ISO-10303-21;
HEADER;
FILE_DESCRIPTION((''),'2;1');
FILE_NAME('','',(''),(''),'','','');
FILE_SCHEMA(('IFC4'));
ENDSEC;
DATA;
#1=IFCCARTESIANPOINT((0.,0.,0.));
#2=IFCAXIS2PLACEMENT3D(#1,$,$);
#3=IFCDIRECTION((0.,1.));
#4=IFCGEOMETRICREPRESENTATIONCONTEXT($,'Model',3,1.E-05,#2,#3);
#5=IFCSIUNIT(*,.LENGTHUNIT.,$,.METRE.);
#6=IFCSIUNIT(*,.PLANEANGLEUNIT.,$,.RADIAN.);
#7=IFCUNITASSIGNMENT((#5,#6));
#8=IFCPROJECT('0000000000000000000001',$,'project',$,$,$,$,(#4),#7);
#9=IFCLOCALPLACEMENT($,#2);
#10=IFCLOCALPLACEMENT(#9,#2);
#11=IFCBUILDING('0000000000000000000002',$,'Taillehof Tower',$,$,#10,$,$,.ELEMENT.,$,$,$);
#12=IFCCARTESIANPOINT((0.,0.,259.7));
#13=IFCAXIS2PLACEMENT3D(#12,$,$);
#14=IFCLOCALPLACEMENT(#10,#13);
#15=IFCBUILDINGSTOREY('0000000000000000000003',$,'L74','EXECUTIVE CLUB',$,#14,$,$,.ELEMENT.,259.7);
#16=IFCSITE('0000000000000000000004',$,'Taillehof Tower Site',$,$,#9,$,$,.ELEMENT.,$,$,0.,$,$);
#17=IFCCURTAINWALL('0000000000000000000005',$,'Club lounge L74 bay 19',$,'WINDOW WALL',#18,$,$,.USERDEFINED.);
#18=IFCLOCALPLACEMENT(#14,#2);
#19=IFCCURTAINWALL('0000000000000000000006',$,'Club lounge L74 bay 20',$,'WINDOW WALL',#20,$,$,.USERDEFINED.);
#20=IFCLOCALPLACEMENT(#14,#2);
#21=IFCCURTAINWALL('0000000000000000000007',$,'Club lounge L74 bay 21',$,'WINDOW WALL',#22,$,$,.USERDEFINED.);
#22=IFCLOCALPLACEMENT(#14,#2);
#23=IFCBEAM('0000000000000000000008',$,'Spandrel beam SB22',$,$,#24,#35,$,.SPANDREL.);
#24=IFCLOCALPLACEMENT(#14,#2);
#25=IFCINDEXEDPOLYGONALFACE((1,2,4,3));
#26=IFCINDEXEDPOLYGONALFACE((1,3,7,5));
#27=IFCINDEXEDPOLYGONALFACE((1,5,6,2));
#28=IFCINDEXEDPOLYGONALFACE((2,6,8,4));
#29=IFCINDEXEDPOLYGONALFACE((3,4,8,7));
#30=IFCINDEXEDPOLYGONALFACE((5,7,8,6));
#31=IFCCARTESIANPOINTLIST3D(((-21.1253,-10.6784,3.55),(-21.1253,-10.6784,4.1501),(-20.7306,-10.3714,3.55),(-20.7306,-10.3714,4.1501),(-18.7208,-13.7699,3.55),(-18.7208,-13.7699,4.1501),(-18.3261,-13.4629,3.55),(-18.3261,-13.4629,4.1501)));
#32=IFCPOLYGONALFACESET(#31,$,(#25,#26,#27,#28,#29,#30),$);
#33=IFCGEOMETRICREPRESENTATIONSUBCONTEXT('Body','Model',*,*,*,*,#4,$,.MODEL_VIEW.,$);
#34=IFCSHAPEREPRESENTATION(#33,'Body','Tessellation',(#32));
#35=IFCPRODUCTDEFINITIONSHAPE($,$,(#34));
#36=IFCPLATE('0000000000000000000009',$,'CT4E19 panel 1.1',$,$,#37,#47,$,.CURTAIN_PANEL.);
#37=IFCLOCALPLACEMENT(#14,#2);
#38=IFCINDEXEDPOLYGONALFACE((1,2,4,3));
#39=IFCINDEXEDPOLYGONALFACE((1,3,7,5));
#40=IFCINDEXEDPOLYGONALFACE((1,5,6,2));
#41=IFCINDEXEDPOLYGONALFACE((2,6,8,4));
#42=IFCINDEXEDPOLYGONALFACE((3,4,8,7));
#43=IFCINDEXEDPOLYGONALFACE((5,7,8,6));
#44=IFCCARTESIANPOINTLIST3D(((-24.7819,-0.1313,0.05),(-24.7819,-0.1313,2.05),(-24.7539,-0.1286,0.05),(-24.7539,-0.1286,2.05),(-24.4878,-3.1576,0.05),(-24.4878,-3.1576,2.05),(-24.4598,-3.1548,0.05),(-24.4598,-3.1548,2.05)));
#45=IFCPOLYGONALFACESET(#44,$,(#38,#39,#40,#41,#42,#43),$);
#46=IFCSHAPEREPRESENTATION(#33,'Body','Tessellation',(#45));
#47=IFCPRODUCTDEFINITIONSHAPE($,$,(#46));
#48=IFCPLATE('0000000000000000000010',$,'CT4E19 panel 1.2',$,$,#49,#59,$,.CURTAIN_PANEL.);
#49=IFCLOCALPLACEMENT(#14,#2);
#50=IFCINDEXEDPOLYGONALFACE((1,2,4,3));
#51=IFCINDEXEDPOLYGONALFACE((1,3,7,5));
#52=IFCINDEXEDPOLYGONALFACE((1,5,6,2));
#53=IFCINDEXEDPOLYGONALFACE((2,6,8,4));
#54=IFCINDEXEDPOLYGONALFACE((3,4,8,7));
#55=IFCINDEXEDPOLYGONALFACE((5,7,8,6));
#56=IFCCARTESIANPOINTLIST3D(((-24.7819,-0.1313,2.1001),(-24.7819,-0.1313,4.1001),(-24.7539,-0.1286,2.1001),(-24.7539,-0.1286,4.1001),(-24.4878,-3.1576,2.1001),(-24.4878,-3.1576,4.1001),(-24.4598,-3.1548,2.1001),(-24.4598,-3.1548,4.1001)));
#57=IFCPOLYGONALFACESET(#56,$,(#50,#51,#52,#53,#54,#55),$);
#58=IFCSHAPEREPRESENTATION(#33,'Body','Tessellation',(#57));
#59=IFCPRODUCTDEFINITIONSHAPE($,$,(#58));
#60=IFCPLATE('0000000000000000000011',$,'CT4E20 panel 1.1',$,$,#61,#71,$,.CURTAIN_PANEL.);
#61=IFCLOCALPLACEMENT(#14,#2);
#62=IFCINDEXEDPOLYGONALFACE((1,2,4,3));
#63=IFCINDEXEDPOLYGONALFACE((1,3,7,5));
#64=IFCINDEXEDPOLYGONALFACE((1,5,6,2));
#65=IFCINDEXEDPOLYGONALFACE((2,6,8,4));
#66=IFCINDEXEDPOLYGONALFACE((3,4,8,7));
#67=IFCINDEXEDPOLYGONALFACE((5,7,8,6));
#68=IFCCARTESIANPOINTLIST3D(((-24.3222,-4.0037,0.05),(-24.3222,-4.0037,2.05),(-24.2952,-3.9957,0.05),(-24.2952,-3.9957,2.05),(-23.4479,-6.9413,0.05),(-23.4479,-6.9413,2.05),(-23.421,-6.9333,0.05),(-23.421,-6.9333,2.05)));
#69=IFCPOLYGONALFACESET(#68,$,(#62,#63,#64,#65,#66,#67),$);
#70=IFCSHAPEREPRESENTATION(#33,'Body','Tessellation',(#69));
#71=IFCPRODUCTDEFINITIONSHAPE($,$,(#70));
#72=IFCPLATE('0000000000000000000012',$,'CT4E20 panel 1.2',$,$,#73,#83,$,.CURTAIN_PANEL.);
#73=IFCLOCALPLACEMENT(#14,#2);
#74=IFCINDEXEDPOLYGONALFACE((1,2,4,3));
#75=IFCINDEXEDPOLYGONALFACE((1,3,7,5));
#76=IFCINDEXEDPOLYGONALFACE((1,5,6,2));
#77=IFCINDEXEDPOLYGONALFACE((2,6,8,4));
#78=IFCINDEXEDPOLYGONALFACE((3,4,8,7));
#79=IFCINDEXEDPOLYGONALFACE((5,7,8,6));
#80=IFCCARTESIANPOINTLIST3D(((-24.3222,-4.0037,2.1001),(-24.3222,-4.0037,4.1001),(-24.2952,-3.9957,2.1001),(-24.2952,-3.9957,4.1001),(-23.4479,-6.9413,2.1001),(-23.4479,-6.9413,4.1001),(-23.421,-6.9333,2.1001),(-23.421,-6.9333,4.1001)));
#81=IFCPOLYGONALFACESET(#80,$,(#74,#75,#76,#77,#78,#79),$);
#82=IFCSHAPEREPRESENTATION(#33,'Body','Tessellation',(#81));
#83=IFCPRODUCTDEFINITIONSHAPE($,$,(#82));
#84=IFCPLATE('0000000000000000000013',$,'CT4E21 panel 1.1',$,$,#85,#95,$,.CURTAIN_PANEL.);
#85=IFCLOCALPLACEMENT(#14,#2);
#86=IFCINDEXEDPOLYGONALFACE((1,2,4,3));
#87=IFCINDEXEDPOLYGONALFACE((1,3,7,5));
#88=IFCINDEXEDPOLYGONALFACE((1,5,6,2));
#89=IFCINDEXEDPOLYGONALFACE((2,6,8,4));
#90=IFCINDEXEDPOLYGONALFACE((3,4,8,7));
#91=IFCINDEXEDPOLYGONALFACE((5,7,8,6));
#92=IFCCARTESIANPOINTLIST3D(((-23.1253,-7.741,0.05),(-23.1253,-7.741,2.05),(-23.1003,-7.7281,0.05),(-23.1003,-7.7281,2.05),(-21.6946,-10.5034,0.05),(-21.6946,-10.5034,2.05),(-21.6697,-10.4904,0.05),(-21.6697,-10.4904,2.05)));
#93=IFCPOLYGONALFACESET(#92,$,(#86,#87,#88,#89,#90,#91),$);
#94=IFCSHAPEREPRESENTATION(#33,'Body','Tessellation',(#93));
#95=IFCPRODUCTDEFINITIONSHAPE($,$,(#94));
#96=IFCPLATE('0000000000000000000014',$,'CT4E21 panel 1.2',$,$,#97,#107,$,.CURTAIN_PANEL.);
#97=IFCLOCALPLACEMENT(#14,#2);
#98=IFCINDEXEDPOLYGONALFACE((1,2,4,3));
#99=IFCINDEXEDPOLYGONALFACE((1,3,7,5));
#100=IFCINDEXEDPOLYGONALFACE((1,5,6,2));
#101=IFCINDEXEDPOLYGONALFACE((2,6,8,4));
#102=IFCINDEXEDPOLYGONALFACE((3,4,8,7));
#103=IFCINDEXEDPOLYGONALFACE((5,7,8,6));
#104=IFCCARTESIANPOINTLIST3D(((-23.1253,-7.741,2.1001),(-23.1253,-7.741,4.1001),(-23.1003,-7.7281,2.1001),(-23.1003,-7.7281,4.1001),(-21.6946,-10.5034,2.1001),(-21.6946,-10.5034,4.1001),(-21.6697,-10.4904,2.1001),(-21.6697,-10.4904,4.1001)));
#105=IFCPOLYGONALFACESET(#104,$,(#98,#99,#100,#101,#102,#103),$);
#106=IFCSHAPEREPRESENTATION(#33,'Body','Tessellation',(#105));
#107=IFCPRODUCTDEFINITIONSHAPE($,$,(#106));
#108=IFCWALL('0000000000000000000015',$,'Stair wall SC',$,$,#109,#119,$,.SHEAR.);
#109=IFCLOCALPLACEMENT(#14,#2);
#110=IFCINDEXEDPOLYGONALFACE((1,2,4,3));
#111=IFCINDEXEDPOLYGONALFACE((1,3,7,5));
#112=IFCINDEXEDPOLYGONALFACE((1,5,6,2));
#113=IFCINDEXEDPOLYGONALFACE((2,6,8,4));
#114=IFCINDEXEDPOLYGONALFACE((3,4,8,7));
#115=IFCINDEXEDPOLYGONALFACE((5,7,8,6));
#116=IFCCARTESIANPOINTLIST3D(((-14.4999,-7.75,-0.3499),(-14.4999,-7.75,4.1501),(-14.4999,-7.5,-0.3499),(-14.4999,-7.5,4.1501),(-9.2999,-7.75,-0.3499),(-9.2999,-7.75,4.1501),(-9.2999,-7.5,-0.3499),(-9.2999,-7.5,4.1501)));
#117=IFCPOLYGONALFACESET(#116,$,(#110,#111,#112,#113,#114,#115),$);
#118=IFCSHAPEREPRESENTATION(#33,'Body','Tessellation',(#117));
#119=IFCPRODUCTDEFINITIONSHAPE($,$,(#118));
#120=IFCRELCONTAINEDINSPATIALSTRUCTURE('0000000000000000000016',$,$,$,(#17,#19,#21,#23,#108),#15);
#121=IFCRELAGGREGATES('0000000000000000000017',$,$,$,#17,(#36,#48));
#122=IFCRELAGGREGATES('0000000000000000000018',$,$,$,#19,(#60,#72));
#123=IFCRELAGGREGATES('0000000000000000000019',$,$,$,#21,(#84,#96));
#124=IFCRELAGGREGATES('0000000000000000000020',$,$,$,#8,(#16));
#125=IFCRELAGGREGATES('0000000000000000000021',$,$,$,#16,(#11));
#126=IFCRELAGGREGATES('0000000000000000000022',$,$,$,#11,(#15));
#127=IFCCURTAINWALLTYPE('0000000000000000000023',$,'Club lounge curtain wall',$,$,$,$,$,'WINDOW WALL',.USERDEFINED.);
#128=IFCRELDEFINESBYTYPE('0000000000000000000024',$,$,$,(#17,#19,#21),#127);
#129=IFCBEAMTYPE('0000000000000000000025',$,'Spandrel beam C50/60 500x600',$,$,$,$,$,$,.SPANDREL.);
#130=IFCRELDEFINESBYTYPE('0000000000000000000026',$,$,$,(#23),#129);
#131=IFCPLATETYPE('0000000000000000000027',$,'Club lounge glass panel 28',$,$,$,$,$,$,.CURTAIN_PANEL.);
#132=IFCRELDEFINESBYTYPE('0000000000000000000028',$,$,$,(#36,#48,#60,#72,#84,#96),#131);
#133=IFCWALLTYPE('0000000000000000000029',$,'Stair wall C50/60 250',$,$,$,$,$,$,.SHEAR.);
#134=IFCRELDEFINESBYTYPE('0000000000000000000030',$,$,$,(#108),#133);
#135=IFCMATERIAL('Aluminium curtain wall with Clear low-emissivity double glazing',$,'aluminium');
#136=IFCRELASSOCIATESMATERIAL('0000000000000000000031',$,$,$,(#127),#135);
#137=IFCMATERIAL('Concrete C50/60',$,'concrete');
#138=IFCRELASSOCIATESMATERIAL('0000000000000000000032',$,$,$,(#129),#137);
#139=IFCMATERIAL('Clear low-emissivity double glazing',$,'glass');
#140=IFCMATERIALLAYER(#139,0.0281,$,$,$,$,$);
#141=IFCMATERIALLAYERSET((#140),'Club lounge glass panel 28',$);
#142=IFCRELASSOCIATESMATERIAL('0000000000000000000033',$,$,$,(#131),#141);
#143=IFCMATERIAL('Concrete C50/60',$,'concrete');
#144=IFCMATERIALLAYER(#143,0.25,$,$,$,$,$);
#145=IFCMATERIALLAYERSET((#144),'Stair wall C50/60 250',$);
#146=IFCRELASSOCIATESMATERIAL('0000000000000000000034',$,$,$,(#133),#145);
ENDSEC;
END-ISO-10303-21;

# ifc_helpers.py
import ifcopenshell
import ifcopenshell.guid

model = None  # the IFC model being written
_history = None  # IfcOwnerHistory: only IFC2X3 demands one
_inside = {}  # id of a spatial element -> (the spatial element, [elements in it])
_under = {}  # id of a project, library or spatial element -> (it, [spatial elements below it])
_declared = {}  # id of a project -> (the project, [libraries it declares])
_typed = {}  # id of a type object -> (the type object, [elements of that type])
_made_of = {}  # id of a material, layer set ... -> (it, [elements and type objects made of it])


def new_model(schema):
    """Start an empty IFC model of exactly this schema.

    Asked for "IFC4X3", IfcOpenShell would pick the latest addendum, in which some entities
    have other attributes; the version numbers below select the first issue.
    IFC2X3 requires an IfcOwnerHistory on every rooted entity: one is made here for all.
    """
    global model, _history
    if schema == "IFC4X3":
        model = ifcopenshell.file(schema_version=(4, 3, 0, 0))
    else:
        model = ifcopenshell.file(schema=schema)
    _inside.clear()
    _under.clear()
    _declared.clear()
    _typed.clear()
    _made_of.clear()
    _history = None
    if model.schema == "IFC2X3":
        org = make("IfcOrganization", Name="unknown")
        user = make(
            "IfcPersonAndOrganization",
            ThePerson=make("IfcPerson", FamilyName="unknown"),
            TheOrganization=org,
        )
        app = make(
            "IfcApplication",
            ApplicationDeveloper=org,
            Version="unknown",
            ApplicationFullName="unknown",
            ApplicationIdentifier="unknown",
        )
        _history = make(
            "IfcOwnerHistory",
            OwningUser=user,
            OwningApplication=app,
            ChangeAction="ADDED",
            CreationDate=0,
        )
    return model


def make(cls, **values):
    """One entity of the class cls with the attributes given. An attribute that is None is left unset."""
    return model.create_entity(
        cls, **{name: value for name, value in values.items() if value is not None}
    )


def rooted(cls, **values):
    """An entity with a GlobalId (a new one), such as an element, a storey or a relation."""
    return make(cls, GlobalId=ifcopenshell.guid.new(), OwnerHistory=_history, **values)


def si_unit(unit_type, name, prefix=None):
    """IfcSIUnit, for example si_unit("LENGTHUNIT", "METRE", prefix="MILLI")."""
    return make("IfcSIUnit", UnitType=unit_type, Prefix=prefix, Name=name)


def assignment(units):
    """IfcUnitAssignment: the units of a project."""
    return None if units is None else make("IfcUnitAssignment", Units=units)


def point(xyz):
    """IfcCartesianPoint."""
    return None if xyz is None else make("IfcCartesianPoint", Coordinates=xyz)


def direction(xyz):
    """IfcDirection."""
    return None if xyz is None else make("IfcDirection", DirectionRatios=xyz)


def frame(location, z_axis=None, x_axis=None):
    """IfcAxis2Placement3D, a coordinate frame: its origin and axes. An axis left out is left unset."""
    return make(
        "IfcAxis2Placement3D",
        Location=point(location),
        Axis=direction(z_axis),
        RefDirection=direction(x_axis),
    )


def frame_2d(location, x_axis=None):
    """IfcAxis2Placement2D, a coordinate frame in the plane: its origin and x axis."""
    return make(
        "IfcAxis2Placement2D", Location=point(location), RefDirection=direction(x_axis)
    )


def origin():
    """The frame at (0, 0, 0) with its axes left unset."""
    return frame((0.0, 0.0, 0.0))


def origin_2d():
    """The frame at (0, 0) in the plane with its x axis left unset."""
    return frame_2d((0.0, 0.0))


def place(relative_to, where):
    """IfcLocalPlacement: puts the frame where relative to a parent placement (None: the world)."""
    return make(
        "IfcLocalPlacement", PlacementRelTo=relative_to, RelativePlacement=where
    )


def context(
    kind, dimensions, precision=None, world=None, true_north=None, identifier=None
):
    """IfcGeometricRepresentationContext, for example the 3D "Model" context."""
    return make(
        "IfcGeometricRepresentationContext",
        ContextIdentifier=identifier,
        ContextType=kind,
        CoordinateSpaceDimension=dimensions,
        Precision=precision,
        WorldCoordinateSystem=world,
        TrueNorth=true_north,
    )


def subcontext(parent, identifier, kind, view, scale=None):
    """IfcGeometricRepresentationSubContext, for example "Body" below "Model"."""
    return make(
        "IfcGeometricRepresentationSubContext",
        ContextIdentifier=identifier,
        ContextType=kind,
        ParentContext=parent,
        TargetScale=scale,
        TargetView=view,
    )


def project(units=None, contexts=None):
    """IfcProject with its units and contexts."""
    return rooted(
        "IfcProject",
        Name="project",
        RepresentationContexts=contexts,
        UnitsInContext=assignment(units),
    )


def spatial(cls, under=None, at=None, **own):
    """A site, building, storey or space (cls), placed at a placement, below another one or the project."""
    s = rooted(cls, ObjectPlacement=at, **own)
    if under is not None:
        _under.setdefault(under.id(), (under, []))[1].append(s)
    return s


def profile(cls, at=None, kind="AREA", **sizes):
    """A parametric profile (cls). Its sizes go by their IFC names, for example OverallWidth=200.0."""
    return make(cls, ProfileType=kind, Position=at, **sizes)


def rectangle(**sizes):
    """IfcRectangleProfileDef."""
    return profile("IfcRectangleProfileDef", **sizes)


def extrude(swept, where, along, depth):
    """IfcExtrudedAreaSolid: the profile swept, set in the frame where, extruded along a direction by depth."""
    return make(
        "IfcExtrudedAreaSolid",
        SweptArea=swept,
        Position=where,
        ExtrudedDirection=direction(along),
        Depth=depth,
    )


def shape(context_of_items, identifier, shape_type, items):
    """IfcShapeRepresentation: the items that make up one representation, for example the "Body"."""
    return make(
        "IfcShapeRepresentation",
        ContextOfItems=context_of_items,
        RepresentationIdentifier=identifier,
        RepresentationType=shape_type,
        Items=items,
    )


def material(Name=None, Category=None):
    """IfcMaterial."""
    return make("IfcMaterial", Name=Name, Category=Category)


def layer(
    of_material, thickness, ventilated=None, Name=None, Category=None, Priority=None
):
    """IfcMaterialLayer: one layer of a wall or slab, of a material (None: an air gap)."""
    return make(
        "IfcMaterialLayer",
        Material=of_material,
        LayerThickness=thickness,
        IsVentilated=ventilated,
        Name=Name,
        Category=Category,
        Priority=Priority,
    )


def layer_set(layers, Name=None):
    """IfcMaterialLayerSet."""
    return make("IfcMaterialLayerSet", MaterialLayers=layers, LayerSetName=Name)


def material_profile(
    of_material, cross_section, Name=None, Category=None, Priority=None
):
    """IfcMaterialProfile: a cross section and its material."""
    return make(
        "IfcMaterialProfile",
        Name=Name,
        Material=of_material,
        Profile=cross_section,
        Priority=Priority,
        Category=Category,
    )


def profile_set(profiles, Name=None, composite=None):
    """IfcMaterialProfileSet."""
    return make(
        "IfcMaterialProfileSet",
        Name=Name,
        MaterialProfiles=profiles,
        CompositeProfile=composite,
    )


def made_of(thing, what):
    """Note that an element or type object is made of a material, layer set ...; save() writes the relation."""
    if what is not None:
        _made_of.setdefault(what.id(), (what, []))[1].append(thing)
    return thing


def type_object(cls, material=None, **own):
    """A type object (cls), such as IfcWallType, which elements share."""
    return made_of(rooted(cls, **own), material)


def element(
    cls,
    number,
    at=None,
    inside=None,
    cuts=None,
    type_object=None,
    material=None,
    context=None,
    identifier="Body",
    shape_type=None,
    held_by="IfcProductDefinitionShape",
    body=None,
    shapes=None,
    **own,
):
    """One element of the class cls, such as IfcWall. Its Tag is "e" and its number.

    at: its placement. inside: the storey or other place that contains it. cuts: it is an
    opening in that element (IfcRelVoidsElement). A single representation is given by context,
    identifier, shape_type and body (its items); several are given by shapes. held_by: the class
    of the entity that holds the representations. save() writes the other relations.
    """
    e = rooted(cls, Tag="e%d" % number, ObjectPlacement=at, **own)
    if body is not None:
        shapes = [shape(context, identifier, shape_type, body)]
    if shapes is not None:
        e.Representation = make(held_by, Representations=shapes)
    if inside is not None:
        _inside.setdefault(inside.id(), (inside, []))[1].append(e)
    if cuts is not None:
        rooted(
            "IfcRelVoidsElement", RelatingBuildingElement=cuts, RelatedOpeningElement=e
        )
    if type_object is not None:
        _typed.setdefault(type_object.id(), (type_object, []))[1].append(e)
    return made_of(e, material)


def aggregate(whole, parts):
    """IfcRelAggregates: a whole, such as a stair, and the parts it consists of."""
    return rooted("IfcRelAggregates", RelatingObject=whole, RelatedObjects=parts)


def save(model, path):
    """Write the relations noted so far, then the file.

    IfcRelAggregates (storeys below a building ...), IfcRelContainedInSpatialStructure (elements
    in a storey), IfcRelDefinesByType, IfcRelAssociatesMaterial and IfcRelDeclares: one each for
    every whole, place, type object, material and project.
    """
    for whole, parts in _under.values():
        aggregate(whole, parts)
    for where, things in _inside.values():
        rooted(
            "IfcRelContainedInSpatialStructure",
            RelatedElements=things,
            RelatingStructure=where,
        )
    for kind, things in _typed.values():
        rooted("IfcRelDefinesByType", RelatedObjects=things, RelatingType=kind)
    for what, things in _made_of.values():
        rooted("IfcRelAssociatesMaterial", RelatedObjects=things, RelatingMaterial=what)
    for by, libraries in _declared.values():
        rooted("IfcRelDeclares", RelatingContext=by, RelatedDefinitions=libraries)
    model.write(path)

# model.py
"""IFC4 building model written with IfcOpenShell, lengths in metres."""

from ifc_helpers import new_model, si_unit, direction, frame, frame_2d, origin, origin_2d, place, context, subcontext, project, spatial, rectangle, extrude, material, layer, layer_set, material_profile, profile_set, type_object, element, aggregate, save


model = new_model("IFC4")

# Units and contexts
model_context = context("Model", 3, precision=1e-05, world=origin(), true_north=direction((0.0, 1.0)))
body_context = subcontext(model_context, "Body", "Model", "MODEL_VIEW")
ifc_project = project(units=[si_unit("LENGTHUNIT", "METRE"), si_unit("PLANEANGLEUNIT", "RADIAN")], contexts=[model_context])

# Site, building, storey
site_placement = place(None, origin())
site = spatial("IfcSite", under=ifc_project, at=site_placement, Name="Taillehof Tower Site", CompositionType="ELEMENT", RefElevation=0.0)
building_placement = place(site_placement, origin())
building = spatial("IfcBuilding", under=site, at=building_placement, Name="Taillehof Tower", CompositionType="ELEMENT")
storey_placement = place(building_placement, frame((0.0, 0.0, 259.7)))
storey = spatial("IfcBuildingStorey", under=building, at=storey_placement, Name="L74", Description="EXECUTIVE CLUB", CompositionType="ELEMENT", Elevation=259.7)

# Curtain walls
ifc_material_1 = material(Name="Aluminium curtain wall with Clear low-emissivity double glazing", Category="aluminium")
curtain_wall_type = type_object("IfcCurtainWallType", Name="Club lounge curtain wall", ElementType="WINDOW WALL", PredefinedType="USERDEFINED", material=ifc_material_1)
curtain_wall_1_placement = place(storey_placement, origin())
curtain_wall_1 = element("IfcCurtainWall", 1, at=curtain_wall_1_placement, inside=storey, type_object=curtain_wall_type, Name="Club lounge L74 bay 19", ObjectType="WINDOW WALL", PredefinedType="USERDEFINED")
curtain_wall_2_placement = place(storey_placement, origin())
curtain_wall_2 = element("IfcCurtainWall", 2, at=curtain_wall_2_placement, inside=storey, type_object=curtain_wall_type, Name="Club lounge L74 bay 20", ObjectType="WINDOW WALL", PredefinedType="USERDEFINED")
curtain_wall_3_placement = place(storey_placement, origin())
curtain_wall_3 = element("IfcCurtainWall", 3, at=curtain_wall_3_placement, inside=storey, type_object=curtain_wall_type, Name="Club lounge L74 bay 21", ObjectType="WINDOW WALL", PredefinedType="USERDEFINED")

# Beam
ifc_material_2 = material(Name="Concrete C50/60", Category="concrete")
ifc_material_profile_1 = material_profile(ifc_material_2, rectangle(XDim=0.5, YDim=0.6001, at=origin_2d()), Name="RC 500x600")
ifc_profile_set_1 = profile_set([ifc_material_profile_1], Name="Concrete C50/60")
beam_type_1 = type_object("IfcBeamType", Name="Spandrel beam C50/60 500x600", PredefinedType="SPANDREL", material=ifc_profile_set_1)
beam_1_placement = place(storey_placement, frame((-20.928, -10.5249, 3.8501), z_axis=(0.613941, -0.789352, 0.0), x_axis=(0.789352, 0.613941, 0.0)))
element("IfcBeam", 4, at=beam_1_placement, inside=storey, type_object=beam_type_1, Name="Spandrel beam SB22", PredefinedType="SPANDREL", context=body_context, shape_type="SweptSolid", body=[
    extrude(rectangle(XDim=0.5, YDim=0.6001, at=origin_2d()), origin(), (0.0, 0.0, 1.0), 3.9165),
])

# Plates
ifc_material_3 = material(Name="Clear low-emissivity double glazing", Category="glass")
ifc_layer_1 = layer(ifc_material_3, 0.0281)
ifc_layer_set_1 = layer_set([ifc_layer_1], Name="Club lounge glass panel 28")
plate_type = type_object("IfcPlateType", Name="Club lounge glass panel 28", PredefinedType="CURTAIN_PANEL", material=ifc_layer_set_1)
plate_1_placement = place(storey_placement, frame((-24.6208, -1.6431, 0.05), z_axis=(0.0, 0.0, 1.0), x_axis=(0.096714, -0.995312, 0.0)))
plate_1 = element("IfcPlate", 5, at=plate_1_placement, type_object=plate_type, Name="CT4E19 panel 1.1", PredefinedType="CURTAIN_PANEL", context=body_context, shape_type="SweptSolid", body=[
    extrude(rectangle(XDim=3.0405, YDim=0.0281, at=origin_2d()), origin(), (0.0, 0.0, 1.0), 2.0),
])
plate_2_placement = place(storey_placement, frame((-24.6208, -1.6431, 2.1001), z_axis=(0.0, 0.0, 1.0), x_axis=(0.096714, -0.995312, 0.0)))
plate_2 = element("IfcPlate", 6, at=plate_2_placement, type_object=plate_type, Name="CT4E19 panel 1.2", PredefinedType="CURTAIN_PANEL", context=body_context, shape_type="SweptSolid", body=[
    extrude(rectangle(XDim=3.0405, YDim=0.0281, at=origin_2d()), origin(), (0.0, 0.0, 1.0), 2.0),
])
aggregate(curtain_wall_1, [plate_1, plate_2])
plate_3_placement = place(storey_placement, frame((-23.8716, -5.4685, 0.05), z_axis=(0.0, 0.0, 1.0), x_axis=(0.285236, -0.958457, 0.0)))
plate_3 = element("IfcPlate", 7, at=plate_3_placement, type_object=plate_type, Name="CT4E20 panel 1.1", PredefinedType="CURTAIN_PANEL", context=body_context, shape_type="SweptSolid", body=[
    extrude(rectangle(XDim=3.0649, YDim=0.0281, at=origin_2d()), origin(), (0.0, 0.0, 1.0), 2.0),
])
plate_4_placement = place(storey_placement, frame((-23.8716, -5.4685, 2.1001), z_axis=(0.0, 0.0, 1.0), x_axis=(0.285236, -0.958457, 0.0)))
plate_4 = element("IfcPlate", 8, at=plate_4_placement, type_object=plate_type, Name="CT4E20 panel 1.2", PredefinedType="CURTAIN_PANEL", context=body_context, shape_type="SweptSolid", body=[
    extrude(rectangle(XDim=3.0649, YDim=0.0281, at=origin_2d()), origin(), (0.0, 0.0, 1.0), 2.0),
])
aggregate(curtain_wall_2, [plate_3, plate_4])
plate_5_placement = place(storey_placement, frame((-22.3975, -9.1157, 0.05), z_axis=(0.0, 0.0, 1.0), x_axis=(0.459891, -0.887975, 0.0)))
plate_5 = element("IfcPlate", 9, at=plate_5_placement, type_object=plate_type, Name="CT4E21 panel 1.1", PredefinedType="CURTAIN_PANEL", context=body_context, shape_type="SweptSolid", body=[
    extrude(rectangle(XDim=3.1108, YDim=0.0281, at=origin_2d()), origin(), (0.0, 0.0, 1.0), 2.0),
])
plate_6_placement = place(storey_placement, frame((-22.3975, -9.1157, 2.1001), z_axis=(0.0, 0.0, 1.0), x_axis=(0.459891, -0.887975, 0.0)))
plate_6 = element("IfcPlate", 10, at=plate_6_placement, type_object=plate_type, Name="CT4E21 panel 1.2", PredefinedType="CURTAIN_PANEL", context=body_context, shape_type="SweptSolid", body=[
    extrude(rectangle(XDim=3.1108, YDim=0.0281, at=origin_2d()), origin(), (0.0, 0.0, 1.0), 2.0),
])
aggregate(curtain_wall_3, [plate_5, plate_6])

# Wall
ifc_material_4 = material(Name="Concrete C50/60", Category="concrete")
ifc_layer_2 = layer(ifc_material_4, 0.25)
ifc_layer_set_2 = layer_set([ifc_layer_2], Name="Stair wall C50/60 250")
wall_type = type_object("IfcWallType", Name="Stair wall C50/60 250", PredefinedType="SHEAR", material=ifc_layer_set_2)
wall_placement = place(storey_placement, frame((-14.5, -7.625, -0.3499), z_axis=(0.0, 0.0, 1.0), x_axis=(1.0, 0.0, 0.0)))
element("IfcWall", 11, at=wall_placement, inside=storey, type_object=wall_type, Name="Stair wall SC", PredefinedType="SHEAR", context=body_context, shape_type="SweptSolid", body=[
    extrude(rectangle(XDim=5.2, YDim=0.25, at=frame_2d((2.6001, 0.0))), origin(), (0.0, 0.0, 1.0), 4.5),
])

save(model, "model.ifc")
